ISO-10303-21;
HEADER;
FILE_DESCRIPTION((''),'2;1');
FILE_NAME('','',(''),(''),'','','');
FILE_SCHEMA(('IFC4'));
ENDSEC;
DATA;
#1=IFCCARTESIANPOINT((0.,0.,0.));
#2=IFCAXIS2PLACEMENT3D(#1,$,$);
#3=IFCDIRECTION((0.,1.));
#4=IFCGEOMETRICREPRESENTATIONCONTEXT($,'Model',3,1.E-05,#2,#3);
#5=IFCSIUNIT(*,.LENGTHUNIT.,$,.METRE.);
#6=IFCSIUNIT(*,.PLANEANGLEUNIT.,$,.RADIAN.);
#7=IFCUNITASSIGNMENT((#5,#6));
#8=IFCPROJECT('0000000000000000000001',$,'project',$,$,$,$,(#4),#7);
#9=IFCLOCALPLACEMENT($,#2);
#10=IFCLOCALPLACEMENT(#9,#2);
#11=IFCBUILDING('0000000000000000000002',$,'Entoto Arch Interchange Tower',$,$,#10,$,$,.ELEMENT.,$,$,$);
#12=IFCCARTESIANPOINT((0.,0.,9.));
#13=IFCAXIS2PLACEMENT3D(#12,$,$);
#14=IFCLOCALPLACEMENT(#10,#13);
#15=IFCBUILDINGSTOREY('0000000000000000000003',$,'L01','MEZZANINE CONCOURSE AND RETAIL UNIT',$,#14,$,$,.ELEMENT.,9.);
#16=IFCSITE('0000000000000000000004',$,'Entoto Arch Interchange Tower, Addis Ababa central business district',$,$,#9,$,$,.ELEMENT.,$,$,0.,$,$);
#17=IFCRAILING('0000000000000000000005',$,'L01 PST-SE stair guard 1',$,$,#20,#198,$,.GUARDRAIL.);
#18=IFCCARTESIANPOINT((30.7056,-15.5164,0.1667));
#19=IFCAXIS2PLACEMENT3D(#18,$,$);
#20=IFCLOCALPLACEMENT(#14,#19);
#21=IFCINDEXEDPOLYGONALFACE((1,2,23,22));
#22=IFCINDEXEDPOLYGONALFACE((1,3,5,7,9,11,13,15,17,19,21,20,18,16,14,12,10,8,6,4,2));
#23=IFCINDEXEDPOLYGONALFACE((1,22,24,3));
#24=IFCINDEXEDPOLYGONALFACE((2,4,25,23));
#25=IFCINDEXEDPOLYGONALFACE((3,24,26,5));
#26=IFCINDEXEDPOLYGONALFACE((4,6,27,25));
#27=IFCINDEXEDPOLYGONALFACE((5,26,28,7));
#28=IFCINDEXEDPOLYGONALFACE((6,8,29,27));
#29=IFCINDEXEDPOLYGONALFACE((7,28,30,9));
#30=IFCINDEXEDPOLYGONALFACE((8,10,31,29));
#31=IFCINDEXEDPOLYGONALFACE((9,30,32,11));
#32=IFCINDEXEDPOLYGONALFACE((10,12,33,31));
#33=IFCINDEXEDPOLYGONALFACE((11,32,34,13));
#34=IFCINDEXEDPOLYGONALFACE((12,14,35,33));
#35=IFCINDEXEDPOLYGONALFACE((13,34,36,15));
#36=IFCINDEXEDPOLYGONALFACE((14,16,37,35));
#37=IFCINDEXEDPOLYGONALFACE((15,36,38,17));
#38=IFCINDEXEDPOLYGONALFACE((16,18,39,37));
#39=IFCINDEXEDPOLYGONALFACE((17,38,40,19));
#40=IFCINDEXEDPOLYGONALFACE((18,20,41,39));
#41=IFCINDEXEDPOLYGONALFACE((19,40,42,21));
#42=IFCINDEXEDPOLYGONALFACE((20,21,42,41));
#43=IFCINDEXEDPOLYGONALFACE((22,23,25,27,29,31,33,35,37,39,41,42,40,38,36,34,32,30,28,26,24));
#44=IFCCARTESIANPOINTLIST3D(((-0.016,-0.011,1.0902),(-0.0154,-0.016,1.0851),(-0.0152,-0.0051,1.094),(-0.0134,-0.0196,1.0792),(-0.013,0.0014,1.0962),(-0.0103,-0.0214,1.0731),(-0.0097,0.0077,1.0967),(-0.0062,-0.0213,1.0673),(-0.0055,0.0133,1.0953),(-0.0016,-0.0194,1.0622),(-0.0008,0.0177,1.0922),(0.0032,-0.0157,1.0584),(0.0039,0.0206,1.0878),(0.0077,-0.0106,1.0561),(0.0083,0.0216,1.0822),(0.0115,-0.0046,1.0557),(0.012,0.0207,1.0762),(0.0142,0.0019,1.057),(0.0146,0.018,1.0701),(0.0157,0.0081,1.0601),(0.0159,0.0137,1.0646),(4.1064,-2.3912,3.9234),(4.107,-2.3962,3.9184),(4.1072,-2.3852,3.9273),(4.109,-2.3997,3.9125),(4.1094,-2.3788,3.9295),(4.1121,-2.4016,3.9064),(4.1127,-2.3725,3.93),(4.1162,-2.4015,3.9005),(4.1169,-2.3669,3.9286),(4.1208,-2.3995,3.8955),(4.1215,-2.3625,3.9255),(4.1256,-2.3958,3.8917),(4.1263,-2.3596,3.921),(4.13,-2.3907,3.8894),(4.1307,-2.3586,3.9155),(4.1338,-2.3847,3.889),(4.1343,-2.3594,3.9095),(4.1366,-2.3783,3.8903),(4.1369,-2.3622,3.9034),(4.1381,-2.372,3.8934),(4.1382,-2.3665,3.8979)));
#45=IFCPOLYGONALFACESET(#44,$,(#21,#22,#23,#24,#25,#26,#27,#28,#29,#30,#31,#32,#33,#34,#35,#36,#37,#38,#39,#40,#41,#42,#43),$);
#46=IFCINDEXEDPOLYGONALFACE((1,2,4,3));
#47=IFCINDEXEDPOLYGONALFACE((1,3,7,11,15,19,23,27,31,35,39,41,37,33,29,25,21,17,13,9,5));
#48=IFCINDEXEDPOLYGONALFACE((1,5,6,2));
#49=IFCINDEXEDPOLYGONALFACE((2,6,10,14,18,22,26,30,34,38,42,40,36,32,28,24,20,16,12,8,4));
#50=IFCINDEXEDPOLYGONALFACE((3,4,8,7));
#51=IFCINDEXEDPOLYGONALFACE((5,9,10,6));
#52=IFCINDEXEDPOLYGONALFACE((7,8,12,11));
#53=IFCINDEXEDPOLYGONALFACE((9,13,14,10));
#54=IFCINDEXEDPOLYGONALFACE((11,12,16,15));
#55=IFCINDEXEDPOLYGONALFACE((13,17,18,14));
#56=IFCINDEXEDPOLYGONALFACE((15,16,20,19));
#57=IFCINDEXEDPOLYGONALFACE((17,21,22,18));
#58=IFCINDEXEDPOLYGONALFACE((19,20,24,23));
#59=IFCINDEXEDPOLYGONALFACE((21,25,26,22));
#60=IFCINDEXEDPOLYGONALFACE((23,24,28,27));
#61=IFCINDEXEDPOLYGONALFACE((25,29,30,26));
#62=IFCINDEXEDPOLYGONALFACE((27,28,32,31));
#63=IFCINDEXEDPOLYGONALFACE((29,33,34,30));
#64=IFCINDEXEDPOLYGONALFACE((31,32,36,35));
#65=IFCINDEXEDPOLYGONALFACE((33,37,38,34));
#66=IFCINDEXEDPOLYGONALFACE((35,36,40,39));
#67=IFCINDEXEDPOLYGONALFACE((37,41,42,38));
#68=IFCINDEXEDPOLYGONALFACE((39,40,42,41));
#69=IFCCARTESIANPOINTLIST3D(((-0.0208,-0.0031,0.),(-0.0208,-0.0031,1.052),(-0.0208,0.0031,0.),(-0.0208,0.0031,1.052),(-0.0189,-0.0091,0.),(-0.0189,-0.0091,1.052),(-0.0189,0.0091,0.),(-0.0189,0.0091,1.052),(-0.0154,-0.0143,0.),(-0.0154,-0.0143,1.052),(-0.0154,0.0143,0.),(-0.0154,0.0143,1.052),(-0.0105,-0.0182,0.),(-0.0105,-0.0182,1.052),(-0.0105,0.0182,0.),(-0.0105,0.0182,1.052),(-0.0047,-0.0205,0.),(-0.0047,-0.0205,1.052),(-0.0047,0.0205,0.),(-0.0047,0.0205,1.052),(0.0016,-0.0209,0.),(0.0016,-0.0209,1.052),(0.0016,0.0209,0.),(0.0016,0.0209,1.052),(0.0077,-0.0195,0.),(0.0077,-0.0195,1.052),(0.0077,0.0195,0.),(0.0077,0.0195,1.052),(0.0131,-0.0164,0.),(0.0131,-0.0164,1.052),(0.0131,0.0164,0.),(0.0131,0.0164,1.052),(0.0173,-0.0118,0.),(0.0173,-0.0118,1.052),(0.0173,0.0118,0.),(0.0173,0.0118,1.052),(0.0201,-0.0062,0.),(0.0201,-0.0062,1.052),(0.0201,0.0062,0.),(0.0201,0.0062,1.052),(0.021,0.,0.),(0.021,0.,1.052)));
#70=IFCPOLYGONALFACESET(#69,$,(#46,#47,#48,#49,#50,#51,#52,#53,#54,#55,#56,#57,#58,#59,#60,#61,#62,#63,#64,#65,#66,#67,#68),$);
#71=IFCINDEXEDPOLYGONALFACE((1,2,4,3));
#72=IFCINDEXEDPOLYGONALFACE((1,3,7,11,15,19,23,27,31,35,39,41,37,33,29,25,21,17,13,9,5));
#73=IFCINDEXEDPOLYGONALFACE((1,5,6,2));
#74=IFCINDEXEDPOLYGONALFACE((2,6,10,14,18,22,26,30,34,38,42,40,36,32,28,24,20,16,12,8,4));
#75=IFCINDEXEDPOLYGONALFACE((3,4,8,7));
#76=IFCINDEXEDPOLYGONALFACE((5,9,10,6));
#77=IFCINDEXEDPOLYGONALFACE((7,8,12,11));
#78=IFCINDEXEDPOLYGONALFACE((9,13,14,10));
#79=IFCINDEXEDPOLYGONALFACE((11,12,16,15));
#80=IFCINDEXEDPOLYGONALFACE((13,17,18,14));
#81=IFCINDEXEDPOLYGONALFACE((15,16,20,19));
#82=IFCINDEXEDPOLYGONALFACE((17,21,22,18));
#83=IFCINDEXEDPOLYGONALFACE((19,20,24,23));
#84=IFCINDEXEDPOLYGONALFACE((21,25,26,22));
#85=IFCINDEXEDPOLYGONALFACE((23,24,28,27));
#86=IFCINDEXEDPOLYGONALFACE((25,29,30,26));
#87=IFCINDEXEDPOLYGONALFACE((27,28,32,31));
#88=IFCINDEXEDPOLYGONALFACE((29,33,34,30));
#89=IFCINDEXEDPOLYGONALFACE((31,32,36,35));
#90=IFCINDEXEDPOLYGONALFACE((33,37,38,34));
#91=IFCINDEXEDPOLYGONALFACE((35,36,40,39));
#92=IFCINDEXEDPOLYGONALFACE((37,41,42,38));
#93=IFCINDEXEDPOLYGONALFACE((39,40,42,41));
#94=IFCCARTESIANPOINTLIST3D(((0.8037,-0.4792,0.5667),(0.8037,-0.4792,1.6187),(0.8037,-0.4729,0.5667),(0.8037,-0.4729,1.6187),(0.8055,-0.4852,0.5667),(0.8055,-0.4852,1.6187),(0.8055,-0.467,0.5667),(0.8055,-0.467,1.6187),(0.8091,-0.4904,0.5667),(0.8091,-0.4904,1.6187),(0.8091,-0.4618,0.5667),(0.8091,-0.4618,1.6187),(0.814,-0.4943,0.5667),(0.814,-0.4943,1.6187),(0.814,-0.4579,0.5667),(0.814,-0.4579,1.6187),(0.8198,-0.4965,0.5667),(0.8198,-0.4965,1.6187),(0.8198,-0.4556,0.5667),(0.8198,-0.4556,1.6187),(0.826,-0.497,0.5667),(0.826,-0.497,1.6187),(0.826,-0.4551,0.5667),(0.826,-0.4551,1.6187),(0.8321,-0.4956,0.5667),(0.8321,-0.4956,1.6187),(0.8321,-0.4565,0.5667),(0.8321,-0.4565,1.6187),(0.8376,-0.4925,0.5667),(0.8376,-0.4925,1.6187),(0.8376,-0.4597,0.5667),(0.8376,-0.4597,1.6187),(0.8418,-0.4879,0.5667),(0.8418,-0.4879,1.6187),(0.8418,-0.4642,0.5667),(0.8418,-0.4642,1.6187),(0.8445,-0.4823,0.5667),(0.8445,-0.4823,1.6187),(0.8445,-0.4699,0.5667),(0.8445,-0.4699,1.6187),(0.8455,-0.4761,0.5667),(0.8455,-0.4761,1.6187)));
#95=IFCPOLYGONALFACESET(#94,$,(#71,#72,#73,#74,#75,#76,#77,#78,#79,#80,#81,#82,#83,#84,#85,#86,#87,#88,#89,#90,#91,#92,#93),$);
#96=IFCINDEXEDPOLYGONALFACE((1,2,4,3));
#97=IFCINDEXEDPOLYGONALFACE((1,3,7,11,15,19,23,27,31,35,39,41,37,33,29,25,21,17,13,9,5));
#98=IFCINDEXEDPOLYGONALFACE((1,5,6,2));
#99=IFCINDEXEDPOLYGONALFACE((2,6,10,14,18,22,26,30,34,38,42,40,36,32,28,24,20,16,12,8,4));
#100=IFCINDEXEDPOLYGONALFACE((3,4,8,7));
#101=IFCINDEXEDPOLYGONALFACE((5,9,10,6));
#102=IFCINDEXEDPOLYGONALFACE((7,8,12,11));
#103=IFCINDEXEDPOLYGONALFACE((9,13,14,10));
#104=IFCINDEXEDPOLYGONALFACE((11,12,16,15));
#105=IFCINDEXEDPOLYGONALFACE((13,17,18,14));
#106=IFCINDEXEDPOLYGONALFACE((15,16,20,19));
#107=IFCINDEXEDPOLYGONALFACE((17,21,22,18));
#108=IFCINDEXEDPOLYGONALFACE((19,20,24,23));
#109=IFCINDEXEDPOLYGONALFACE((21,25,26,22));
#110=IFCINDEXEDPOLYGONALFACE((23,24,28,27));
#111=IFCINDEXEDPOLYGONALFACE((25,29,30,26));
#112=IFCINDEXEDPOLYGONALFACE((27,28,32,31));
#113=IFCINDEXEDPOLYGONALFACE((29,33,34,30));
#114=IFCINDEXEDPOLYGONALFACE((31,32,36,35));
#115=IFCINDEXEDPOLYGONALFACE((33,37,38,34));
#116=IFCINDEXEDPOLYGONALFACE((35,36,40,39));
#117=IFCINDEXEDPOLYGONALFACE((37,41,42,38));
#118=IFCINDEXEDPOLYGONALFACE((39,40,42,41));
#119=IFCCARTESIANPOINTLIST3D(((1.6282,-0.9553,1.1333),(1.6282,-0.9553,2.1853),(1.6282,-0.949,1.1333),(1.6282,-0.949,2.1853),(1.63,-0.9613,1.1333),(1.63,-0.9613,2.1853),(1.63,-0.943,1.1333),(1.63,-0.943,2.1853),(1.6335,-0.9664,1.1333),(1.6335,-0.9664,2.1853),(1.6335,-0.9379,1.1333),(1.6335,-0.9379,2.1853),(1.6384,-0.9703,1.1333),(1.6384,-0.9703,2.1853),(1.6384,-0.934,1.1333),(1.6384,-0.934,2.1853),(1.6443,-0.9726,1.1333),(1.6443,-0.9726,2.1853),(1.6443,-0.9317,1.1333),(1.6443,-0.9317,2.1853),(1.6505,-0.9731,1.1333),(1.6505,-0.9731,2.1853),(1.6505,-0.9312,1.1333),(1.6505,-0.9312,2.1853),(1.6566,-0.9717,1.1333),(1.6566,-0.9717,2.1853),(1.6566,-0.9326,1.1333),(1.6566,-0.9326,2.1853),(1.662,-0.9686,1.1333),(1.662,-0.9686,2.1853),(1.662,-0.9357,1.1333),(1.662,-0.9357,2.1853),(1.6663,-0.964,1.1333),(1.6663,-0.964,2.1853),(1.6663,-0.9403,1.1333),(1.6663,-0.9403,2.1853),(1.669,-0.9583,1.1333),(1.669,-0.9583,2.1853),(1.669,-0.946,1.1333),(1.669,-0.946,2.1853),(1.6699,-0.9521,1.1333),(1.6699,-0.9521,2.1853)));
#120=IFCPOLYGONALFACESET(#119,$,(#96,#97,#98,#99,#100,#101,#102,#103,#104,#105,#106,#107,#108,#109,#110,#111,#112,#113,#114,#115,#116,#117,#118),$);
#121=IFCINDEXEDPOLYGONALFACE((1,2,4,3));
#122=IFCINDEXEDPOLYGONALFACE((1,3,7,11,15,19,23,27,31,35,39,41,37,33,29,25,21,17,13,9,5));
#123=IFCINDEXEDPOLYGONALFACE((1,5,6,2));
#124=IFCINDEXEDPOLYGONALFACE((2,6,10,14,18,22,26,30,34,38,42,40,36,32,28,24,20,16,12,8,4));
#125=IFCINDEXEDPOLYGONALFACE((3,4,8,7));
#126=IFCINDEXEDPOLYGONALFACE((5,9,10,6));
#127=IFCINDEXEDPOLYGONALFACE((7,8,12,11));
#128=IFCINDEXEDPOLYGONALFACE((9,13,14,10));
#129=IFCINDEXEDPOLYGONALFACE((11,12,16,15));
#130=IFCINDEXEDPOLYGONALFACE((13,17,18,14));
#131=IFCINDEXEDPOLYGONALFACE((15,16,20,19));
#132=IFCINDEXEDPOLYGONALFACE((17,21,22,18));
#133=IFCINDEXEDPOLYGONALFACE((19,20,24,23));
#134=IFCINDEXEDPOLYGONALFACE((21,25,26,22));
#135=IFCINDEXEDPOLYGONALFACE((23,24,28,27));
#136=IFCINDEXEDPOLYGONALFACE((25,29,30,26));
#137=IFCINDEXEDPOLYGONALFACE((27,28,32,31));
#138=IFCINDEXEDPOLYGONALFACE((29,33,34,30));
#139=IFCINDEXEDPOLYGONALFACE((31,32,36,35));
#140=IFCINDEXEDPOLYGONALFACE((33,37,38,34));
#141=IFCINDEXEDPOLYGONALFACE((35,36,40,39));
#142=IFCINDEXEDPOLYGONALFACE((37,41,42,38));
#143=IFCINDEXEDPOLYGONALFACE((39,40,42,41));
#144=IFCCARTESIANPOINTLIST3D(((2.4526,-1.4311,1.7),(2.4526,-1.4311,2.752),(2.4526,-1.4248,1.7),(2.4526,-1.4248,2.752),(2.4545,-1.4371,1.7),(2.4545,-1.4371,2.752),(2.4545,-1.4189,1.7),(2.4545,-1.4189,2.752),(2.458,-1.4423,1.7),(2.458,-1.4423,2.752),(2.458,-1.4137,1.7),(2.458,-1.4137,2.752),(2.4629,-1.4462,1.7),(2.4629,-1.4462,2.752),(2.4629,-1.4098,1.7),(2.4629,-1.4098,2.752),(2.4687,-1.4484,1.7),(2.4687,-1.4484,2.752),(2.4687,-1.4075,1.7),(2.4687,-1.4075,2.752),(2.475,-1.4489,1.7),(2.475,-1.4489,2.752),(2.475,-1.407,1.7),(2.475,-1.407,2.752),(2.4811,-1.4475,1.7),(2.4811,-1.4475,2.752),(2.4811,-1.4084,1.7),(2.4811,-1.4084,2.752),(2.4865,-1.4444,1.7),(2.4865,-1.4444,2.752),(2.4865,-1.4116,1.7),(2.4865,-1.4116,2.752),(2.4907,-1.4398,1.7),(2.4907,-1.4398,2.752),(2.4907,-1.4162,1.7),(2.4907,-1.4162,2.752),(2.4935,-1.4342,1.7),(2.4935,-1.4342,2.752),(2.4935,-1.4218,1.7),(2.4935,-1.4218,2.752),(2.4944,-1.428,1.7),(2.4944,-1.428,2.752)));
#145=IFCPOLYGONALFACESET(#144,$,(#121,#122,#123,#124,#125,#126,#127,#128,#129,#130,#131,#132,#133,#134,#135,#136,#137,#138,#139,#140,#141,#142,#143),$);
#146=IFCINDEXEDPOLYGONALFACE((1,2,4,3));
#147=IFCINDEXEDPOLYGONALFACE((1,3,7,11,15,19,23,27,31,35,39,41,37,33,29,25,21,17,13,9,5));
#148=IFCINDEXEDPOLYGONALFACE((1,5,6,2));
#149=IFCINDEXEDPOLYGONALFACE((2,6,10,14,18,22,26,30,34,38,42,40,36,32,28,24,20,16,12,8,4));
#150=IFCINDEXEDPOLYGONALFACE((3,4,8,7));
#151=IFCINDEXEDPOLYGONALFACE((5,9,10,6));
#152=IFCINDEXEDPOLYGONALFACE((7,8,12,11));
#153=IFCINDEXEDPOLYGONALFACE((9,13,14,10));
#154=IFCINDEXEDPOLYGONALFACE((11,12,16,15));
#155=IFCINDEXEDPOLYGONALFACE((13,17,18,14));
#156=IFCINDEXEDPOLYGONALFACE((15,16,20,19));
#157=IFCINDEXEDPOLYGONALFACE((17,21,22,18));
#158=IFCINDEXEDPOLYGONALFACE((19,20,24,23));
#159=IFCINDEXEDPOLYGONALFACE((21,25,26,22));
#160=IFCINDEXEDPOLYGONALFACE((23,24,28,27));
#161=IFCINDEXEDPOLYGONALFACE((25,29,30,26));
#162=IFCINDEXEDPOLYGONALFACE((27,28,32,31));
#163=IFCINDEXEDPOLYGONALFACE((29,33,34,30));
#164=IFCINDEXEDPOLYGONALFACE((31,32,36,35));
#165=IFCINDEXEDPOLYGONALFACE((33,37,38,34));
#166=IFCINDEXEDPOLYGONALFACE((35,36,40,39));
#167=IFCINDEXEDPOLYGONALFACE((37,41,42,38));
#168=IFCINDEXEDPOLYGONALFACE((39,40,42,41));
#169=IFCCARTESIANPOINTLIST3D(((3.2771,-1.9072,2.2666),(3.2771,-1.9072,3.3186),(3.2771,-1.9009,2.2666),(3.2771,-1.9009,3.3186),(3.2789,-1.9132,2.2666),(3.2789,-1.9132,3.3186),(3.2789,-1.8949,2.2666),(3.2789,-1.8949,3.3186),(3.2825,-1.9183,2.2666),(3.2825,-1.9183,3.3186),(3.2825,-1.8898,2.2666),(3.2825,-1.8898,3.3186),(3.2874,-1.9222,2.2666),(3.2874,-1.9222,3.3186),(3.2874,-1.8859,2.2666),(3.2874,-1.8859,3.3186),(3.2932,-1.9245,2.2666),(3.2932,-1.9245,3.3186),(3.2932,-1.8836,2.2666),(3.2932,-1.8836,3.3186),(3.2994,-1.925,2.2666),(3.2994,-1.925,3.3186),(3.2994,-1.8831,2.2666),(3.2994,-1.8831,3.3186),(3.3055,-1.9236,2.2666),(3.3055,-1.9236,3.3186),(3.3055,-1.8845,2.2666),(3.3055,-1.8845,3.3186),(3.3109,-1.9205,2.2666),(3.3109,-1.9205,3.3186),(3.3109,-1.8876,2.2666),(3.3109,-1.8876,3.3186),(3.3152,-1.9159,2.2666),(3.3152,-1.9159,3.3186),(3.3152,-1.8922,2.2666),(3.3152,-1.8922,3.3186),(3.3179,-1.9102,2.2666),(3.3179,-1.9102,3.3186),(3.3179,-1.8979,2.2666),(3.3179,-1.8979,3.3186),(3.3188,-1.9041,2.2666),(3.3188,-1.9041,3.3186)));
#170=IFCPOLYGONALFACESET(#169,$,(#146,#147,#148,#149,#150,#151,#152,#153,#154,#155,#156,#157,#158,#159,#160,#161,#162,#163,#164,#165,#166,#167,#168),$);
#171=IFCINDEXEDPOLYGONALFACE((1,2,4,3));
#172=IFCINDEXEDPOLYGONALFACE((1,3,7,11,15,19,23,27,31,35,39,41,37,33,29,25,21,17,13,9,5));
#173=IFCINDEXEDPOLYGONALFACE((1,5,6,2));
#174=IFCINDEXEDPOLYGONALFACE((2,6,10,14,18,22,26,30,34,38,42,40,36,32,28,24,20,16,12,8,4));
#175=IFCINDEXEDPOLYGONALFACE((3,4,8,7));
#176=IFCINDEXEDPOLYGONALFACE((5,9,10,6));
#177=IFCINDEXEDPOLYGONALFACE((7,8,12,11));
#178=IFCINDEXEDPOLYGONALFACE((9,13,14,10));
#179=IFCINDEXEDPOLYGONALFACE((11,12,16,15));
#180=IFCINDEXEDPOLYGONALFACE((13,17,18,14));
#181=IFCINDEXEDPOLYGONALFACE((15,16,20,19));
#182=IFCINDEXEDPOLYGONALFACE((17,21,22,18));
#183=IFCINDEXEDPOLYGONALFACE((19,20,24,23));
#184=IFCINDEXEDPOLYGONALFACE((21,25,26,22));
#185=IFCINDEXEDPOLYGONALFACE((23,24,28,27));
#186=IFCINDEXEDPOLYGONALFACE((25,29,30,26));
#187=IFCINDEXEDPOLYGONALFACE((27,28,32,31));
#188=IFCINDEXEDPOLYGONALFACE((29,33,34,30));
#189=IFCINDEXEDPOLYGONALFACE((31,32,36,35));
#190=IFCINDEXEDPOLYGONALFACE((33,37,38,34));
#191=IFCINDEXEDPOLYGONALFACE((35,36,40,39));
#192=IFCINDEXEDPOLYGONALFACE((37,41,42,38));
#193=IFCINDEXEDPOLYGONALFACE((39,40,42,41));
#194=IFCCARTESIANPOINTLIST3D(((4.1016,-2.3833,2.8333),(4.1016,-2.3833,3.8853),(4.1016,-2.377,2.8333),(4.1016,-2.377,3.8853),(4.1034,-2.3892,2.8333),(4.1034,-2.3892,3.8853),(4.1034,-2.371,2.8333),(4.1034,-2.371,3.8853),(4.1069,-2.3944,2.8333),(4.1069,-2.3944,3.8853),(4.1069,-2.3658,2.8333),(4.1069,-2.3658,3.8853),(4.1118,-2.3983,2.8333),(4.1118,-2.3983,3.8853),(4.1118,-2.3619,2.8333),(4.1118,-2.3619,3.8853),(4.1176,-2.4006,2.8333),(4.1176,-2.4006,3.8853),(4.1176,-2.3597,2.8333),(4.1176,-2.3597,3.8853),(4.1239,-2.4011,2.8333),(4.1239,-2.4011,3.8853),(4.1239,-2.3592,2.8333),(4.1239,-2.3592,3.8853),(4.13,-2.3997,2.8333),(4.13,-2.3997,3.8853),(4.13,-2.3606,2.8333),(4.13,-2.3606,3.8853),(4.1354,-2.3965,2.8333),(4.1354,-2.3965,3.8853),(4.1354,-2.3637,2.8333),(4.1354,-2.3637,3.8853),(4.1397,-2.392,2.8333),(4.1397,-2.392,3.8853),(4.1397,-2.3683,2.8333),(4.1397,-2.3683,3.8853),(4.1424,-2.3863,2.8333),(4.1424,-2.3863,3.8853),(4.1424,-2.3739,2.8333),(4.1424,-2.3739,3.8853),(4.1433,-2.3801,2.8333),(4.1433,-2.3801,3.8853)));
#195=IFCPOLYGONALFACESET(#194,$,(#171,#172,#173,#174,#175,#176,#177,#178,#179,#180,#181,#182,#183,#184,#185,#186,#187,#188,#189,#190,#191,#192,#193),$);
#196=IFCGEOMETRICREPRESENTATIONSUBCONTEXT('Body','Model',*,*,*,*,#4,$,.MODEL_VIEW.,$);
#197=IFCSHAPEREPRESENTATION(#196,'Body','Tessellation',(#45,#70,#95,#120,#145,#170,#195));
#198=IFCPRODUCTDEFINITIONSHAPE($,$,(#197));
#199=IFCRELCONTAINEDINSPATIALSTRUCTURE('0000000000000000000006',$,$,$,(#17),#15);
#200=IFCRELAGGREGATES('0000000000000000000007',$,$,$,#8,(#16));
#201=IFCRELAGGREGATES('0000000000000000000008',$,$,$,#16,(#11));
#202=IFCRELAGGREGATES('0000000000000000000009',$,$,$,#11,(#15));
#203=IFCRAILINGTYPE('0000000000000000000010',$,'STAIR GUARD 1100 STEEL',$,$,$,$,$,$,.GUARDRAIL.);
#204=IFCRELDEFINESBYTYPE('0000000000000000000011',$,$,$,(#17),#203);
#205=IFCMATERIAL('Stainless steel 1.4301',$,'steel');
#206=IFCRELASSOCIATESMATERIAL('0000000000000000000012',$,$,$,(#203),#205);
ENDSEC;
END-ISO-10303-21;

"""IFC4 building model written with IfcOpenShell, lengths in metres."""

from ifc_helpers import new_model, si_unit, direction, frame, origin, origin_2d, place, context, subcontext, project, spatial, circle, extrude, material, type_object, element, save


model = new_model("IFC4")

# Units and contexts
model_context = context("Model", 3, precision=1e-05, world=origin(), true_north=direction((0.0, 1.0)))
body_context = subcontext(model_context, "Body", "Model", "MODEL_VIEW")
ifc_project = project(units=[si_unit("LENGTHUNIT", "METRE"), si_unit("PLANEANGLEUNIT", "RADIAN")], contexts=[model_context])

# Site, building, storey
site_placement = place(None, origin())
site = spatial("IfcSite", under=ifc_project, at=site_placement, Name="Entoto Arch Interchange Tower, Addis Ababa central business district", CompositionType="ELEMENT", RefElevation=0.0)
building_placement = place(site_placement, origin())
building = spatial("IfcBuilding", under=site, at=building_placement, Name="Entoto Arch Interchange Tower", CompositionType="ELEMENT")
storey_placement = place(building_placement, frame((0.0, 0.0, 9.0)))
storey = spatial("IfcBuildingStorey", under=building, at=storey_placement, Name="L01", Description="MEZZANINE CONCOURSE AND RETAIL UNIT", CompositionType="ELEMENT", Elevation=9.0)

# Railing
ifc_material_1 = material(Name="Stainless steel 1.4301", Category="steel")
railing_type_1 = type_object("IfcRailingType", Name="STAIR GUARD 1100 STEEL", PredefinedType="GUARDRAIL", material=ifc_material_1)
railing_1_placement = place(storey_placement, frame((30.7056, -15.5164, 0.1667)))
element("IfcRailing", 1, at=railing_1_placement, inside=storey, type_object=railing_type_1, Name="L01 PST-SE stair guard 1", PredefinedType="GUARDRAIL", context=body_context, shape_type="SweptSolid", body=[
    extrude(circle(Radius=0.0239, at=origin_2d()), frame((0.0, 0.0, 1.0762), z_axis=(0.74417, -0.429666, 0.511466), x_axis=(0.500017, 0.866016, 0.0)), (0.0, 0.0, 1.0), 5.5396),
    extrude(circle(Radius=0.021, at=origin_2d()), origin(), (0.0, 0.0, 1.0), 1.052),
    extrude(circle(Radius=0.021, at=origin_2d()), frame((0.8245, -0.4761, 0.5667)), (0.0, 0.0, 1.0), 1.052),
    extrude(circle(Radius=0.021, at=origin_2d()), frame((1.6489, -0.9521, 1.1333)), (0.0, 0.0, 1.0), 1.052),
    extrude(circle(Radius=0.021, at=origin_2d()), frame((2.4734, -1.428, 1.7)), (0.0, 0.0, 1.0), 1.052),
    extrude(circle(Radius=0.021, at=origin_2d()), frame((3.2979, -1.9041, 2.2666)), (0.0, 0.0, 1.0), 1.052),
    extrude(circle(Radius=0.021, at=origin_2d()), frame((4.1223, -2.3801, 2.8333)), (0.0, 0.0, 1.0), 1.052),
])

save(model, "model.ifc")
